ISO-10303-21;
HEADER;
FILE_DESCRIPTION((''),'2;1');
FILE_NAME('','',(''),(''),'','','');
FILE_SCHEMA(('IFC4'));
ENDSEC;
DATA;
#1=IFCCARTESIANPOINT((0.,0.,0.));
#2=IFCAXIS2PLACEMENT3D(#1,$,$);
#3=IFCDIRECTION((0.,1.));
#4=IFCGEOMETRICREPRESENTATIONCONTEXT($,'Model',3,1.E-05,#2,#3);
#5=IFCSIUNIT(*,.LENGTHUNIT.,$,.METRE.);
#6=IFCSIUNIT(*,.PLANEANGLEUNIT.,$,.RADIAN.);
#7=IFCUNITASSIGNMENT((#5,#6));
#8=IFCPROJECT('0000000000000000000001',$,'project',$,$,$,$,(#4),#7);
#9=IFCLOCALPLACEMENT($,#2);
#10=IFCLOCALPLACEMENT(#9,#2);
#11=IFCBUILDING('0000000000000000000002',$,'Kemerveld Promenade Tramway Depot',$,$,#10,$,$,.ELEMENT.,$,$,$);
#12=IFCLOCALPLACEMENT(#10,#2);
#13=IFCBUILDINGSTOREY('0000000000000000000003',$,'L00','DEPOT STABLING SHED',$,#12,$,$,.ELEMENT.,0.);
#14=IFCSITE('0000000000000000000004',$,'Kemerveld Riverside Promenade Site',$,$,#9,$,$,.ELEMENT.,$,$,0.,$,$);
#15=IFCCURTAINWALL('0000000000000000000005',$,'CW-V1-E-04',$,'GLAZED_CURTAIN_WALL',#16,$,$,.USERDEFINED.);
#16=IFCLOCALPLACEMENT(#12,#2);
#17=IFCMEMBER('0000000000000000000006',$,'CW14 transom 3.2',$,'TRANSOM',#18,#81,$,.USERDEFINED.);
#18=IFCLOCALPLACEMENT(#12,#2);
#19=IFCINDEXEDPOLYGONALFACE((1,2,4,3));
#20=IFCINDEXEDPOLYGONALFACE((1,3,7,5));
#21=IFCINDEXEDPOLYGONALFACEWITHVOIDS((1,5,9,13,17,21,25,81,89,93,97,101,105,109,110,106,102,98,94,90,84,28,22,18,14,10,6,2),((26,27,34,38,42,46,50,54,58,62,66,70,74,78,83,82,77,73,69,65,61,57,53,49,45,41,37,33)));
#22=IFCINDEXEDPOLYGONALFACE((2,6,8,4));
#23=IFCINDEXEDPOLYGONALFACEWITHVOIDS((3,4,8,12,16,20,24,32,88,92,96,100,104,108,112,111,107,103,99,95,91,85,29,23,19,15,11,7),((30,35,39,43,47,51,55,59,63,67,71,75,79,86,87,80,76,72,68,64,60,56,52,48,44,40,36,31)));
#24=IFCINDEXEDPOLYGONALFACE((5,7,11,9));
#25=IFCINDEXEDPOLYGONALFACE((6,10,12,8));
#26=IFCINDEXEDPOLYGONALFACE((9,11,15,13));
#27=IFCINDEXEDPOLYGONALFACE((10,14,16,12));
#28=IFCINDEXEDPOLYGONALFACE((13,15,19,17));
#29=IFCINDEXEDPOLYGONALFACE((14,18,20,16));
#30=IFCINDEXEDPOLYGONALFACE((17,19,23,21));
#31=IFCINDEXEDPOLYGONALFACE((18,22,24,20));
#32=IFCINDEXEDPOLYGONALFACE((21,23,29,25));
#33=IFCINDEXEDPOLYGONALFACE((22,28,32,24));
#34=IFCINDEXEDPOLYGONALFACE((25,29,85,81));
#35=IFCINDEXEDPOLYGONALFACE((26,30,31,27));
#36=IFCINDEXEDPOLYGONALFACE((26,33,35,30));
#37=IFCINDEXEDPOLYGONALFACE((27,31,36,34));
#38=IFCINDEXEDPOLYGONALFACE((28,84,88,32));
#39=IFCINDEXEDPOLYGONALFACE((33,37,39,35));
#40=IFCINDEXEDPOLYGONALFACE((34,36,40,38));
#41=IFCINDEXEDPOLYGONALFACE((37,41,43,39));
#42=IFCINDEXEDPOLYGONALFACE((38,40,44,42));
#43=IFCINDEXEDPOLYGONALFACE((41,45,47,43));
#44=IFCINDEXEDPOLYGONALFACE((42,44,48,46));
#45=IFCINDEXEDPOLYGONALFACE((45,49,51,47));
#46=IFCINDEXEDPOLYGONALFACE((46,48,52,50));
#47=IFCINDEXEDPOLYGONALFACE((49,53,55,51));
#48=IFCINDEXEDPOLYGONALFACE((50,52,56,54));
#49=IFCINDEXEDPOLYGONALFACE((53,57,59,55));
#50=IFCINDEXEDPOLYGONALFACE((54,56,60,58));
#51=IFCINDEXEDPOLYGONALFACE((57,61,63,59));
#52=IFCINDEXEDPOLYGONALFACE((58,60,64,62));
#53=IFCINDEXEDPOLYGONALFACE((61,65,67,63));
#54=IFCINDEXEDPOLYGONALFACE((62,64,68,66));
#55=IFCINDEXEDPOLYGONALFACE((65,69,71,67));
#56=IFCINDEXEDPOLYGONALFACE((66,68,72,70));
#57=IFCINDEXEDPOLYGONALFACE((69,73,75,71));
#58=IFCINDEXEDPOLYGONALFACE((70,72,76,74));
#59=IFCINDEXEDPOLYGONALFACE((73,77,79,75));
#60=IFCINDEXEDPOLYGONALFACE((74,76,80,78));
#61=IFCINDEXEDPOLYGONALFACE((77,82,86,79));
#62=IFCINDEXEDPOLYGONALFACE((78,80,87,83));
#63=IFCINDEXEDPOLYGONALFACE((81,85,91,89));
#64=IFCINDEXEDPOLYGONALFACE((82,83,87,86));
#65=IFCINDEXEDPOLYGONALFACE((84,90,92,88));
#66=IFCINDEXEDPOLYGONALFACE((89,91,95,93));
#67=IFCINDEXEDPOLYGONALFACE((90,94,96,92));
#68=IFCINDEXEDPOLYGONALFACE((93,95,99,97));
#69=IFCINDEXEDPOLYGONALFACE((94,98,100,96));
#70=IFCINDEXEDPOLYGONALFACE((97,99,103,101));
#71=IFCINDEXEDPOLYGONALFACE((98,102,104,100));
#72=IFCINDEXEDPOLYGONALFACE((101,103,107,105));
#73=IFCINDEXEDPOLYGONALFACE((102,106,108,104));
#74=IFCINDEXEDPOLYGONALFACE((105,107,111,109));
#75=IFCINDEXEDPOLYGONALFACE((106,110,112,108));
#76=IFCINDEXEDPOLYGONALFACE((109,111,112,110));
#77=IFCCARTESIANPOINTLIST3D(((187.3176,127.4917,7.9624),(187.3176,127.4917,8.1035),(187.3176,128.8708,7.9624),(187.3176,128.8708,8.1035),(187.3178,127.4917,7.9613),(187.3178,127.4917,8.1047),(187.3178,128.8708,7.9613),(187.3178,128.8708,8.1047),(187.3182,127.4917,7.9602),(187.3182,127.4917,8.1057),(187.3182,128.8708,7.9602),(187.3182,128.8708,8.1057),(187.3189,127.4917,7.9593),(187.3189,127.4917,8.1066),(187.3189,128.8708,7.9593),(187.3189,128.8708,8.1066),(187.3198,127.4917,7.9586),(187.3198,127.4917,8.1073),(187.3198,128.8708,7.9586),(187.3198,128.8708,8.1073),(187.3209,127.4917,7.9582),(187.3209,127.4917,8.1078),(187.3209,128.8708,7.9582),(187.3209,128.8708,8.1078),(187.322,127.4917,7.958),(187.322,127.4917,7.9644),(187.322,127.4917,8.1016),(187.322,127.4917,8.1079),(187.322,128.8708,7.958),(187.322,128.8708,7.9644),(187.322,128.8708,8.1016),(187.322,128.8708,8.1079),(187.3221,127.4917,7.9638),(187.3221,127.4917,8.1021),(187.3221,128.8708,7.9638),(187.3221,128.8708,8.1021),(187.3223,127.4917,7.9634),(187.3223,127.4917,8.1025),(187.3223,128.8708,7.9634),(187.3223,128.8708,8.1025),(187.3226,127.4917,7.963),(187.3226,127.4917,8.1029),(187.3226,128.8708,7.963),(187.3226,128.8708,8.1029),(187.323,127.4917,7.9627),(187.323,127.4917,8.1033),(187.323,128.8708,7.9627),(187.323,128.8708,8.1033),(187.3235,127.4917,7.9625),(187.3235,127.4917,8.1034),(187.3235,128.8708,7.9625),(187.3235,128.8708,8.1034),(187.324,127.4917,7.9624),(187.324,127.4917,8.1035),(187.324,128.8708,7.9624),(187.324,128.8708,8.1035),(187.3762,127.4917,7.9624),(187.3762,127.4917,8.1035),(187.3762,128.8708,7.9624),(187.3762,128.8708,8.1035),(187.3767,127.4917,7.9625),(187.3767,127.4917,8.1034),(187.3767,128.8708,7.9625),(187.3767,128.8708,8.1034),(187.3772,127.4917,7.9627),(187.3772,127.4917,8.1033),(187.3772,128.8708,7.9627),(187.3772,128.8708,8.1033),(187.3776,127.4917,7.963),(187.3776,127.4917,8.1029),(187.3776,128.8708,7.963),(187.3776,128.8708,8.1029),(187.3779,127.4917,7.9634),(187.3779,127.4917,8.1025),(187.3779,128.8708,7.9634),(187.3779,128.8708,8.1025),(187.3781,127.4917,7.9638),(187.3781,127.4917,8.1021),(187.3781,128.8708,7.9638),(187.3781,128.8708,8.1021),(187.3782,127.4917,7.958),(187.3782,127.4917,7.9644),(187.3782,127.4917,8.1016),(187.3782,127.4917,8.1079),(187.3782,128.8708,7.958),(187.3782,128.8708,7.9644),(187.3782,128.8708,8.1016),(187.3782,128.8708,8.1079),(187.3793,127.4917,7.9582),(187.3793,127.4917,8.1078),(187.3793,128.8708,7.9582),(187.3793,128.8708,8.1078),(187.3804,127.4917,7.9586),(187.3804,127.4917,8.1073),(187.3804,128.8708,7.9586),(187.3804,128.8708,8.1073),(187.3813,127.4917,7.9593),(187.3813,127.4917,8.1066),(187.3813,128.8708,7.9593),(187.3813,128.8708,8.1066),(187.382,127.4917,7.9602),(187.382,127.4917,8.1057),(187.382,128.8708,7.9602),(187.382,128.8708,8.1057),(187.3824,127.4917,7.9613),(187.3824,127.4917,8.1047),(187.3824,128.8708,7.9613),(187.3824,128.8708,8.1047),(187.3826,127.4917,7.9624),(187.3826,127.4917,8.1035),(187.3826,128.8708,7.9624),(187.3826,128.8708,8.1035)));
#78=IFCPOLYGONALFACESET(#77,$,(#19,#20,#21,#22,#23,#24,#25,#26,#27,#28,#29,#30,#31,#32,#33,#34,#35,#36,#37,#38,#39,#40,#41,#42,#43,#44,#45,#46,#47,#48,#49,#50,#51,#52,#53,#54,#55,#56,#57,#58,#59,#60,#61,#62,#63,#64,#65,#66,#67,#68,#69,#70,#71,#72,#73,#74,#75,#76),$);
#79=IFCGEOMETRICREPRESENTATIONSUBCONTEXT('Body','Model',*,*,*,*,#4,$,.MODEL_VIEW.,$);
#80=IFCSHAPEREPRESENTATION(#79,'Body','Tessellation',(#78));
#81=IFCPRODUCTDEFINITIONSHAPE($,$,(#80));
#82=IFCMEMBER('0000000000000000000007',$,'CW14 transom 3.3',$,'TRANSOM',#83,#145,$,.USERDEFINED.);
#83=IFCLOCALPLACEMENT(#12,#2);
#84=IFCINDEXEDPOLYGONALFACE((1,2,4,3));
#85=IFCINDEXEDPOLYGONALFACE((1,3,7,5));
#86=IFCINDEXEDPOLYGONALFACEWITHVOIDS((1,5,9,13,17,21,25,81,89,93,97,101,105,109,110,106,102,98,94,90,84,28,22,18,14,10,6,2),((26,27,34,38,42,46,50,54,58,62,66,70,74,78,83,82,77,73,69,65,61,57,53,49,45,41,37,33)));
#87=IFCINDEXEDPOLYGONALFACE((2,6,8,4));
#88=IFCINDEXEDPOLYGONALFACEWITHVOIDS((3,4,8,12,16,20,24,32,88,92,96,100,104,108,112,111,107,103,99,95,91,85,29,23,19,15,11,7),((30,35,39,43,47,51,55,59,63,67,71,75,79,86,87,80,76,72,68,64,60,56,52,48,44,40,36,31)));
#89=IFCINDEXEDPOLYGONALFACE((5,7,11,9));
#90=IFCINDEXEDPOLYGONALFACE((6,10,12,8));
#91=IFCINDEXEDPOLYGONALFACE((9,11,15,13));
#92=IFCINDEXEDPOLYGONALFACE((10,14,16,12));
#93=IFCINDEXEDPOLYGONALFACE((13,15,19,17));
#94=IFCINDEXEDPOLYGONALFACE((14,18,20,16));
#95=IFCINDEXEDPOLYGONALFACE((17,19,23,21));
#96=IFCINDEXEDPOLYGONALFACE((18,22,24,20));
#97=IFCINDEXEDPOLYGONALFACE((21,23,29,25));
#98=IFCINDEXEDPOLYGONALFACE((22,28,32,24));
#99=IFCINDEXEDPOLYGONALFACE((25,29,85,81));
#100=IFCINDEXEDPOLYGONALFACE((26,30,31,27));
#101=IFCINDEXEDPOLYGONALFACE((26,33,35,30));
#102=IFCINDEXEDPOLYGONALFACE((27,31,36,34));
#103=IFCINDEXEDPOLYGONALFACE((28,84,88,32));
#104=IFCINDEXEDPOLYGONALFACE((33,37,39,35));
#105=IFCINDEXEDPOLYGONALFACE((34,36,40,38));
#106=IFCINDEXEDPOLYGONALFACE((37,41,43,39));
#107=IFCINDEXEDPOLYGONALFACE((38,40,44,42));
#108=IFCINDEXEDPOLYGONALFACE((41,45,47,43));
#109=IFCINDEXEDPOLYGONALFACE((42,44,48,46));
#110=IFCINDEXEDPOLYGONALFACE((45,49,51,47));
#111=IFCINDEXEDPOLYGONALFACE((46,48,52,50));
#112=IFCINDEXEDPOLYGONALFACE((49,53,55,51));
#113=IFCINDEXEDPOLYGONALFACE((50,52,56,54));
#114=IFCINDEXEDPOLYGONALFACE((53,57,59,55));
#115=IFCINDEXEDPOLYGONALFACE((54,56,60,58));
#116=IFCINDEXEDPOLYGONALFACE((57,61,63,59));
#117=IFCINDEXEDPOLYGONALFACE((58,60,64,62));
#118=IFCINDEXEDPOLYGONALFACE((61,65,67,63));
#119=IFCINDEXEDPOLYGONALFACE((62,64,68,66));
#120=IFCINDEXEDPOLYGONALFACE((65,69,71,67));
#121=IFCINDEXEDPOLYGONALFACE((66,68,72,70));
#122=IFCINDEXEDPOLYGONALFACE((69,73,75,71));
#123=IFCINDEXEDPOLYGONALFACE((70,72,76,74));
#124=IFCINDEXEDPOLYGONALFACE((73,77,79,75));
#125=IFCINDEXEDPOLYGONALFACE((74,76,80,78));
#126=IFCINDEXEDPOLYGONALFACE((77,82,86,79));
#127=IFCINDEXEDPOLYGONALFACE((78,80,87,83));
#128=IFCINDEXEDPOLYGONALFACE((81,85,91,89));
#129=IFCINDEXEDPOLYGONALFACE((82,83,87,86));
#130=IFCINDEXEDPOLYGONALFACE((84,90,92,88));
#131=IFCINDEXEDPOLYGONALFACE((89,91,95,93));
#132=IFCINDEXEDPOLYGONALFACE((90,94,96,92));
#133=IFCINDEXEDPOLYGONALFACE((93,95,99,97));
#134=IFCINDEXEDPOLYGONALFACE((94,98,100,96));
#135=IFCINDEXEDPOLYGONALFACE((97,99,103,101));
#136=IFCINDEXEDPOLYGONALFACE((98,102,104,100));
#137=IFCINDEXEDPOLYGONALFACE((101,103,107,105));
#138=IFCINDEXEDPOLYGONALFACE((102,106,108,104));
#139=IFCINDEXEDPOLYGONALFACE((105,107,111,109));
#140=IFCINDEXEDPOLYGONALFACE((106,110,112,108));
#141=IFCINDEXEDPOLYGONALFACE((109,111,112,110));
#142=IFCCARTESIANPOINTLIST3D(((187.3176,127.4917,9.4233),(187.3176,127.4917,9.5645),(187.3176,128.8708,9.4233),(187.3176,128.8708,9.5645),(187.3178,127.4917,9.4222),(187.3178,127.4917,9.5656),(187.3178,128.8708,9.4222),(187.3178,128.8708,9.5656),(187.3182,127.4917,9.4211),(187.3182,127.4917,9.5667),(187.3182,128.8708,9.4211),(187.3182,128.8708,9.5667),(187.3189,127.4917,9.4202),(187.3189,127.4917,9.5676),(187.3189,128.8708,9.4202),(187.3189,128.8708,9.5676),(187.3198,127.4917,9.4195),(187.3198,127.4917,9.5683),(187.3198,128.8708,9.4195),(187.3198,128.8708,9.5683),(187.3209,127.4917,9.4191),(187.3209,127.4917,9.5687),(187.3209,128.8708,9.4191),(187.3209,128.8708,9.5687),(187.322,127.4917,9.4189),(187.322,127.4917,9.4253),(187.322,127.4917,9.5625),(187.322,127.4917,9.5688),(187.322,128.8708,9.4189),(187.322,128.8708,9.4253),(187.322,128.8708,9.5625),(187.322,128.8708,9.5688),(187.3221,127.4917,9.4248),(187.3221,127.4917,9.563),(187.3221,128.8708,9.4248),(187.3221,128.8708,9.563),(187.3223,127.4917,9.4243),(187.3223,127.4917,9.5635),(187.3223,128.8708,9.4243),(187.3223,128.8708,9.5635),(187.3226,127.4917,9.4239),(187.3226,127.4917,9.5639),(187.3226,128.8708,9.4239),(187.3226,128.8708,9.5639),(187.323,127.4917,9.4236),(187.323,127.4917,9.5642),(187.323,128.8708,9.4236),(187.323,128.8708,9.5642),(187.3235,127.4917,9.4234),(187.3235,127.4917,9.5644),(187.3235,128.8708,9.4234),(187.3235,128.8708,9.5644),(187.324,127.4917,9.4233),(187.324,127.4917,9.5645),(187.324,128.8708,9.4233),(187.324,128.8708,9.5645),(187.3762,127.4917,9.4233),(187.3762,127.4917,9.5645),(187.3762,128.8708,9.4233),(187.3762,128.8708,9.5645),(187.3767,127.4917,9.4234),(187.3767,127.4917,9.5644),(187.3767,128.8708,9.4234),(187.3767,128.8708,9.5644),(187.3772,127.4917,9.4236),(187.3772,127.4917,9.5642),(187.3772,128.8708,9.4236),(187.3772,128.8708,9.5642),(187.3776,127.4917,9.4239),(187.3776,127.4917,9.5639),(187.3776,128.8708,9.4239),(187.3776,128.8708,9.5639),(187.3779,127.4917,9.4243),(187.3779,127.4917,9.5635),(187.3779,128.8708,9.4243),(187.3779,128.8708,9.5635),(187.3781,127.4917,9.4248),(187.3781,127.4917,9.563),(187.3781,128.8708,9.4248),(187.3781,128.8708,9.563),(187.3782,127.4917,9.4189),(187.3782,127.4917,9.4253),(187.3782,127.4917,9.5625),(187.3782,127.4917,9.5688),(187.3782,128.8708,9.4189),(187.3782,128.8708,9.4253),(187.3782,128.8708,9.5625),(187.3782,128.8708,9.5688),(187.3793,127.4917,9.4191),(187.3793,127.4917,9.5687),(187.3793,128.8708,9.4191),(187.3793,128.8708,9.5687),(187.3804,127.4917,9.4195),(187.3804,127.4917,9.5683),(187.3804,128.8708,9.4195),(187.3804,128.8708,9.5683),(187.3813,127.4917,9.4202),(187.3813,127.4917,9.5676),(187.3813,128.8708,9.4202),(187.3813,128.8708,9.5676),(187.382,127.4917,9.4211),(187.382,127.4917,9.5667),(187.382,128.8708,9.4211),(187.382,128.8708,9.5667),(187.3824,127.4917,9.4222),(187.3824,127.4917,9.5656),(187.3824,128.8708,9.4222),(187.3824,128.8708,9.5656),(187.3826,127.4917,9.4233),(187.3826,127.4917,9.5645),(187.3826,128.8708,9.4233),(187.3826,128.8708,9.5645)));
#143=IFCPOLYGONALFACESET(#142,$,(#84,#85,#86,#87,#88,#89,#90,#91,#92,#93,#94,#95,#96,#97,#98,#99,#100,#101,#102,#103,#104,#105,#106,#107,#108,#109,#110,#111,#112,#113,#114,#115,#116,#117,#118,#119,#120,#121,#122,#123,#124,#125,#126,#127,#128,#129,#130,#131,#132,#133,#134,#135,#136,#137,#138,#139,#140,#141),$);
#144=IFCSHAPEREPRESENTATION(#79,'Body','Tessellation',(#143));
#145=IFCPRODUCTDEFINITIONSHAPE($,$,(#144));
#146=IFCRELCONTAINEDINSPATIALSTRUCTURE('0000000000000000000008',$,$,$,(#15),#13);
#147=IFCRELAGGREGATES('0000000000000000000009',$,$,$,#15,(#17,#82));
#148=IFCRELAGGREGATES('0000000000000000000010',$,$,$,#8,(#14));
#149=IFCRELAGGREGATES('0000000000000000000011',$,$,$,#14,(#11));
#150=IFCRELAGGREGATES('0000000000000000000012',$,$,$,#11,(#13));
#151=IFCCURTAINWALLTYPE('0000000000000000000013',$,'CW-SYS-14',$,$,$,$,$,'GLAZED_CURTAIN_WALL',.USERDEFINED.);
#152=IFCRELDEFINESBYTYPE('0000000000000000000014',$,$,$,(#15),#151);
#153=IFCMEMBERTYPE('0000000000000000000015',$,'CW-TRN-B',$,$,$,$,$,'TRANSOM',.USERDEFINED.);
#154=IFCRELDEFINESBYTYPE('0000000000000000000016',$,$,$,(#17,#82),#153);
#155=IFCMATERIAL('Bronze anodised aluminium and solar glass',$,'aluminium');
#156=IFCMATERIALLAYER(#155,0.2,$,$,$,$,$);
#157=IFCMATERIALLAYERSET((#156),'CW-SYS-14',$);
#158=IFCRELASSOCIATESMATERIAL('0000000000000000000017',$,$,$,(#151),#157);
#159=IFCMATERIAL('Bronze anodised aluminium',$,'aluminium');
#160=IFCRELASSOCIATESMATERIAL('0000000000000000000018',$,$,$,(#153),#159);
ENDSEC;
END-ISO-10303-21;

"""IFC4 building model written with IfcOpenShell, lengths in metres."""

from ifc_helpers import new_model, si_unit, direction, frame, origin, origin_2d, place, context, subcontext, project, spatial, hollow_rectangle, extrude, material, layer, layer_set, material_profile, profile_set, type_object, element, aggregate, save


model = new_model("IFC4")

# Units and contexts
model_context = context("Model", 3, precision=1e-05, world=origin(), true_north=direction((0.0, 1.0)))
body_context = subcontext(model_context, "Body", "Model", "MODEL_VIEW")
ifc_project = project(units=[si_unit("LENGTHUNIT", "METRE"), si_unit("PLANEANGLEUNIT", "RADIAN")], contexts=[model_context])

# Site, building, storey
site_placement = place(None, origin())
site = spatial("IfcSite", under=ifc_project, at=site_placement, Name="Kemerveld Riverside Promenade Site", CompositionType="ELEMENT", RefElevation=0.0)
building_placement = place(site_placement, origin())
building = spatial("IfcBuilding", under=site, at=building_placement, Name="Kemerveld Promenade Tramway Depot", CompositionType="ELEMENT")
storey_placement = place(building_placement, origin())
storey = spatial("IfcBuildingStorey", under=building, at=storey_placement, Name="L00", Description="DEPOT STABLING SHED", CompositionType="ELEMENT", Elevation=0.0)

# Curtain wall, members
ifc_material_1 = material(Name="Bronze anodised aluminium and solar glass", Category="aluminium")
ifc_layer_1 = layer(ifc_material_1, 0.2)
ifc_layer_set_1 = layer_set([ifc_layer_1], Name="CW-SYS-14")
curtain_wall_type = type_object("IfcCurtainWallType", Name="CW-SYS-14", ElementType="GLAZED_CURTAIN_WALL", PredefinedType="USERDEFINED", material=ifc_layer_set_1)
curtain_wall_placement = place(storey_placement, origin())
curtain_wall = element("IfcCurtainWall", 1, at=curtain_wall_placement, inside=storey, type_object=curtain_wall_type, Name="CW-V1-E-04", ObjectType="GLAZED_CURTAIN_WALL", PredefinedType="USERDEFINED")
ifc_material_2 = material(Name="Bronze anodised aluminium", Category="aluminium")
ifc_material_profile_1 = material_profile(ifc_material_2, hollow_rectangle(XDim=0.0649, YDim=0.1499, WallThickness=0.0044, InnerFilletRadius=0.002, OuterFilletRadius=0.0044, at=origin_2d()), Name="CW-TRN-150x65")
ifc_profile_set_1 = profile_set([ifc_material_profile_1], Name="Bronze anodised aluminium")
member_type_1 = type_object("IfcMemberType", Name="CW-TRN-B", ElementType="TRANSOM", PredefinedType="USERDEFINED", material=ifc_profile_set_1)
member_1_placement = place(storey_placement, frame((187.3501, 128.8708, 8.033), z_axis=(0.0, -1.0, 0.0), x_axis=(1.0, 0.0, 0.0)))
member_1 = element("IfcMember", 2, at=member_1_placement, type_object=member_type_1, Name="CW14 transom 3.2", ObjectType="TRANSOM", PredefinedType="USERDEFINED", context=body_context, shape_type="SweptSolid", body=[
    extrude(hollow_rectangle(XDim=0.0649, YDim=0.1499, WallThickness=0.0044, InnerFilletRadius=0.002, OuterFilletRadius=0.0044, at=origin_2d()), origin(), (0.0, 0.0, 1.0), 1.3792),
])
member_2_placement = place(storey_placement, frame((187.3501, 128.8708, 9.4939), z_axis=(0.0, -1.0, 0.0), x_axis=(1.0, 0.0, 0.0)))
member_2 = element("IfcMember", 3, at=member_2_placement, type_object=member_type_1, Name="CW14 transom 3.3", ObjectType="TRANSOM", PredefinedType="USERDEFINED", context=body_context, shape_type="SweptSolid", body=[
    extrude(hollow_rectangle(XDim=0.0649, YDim=0.1499, WallThickness=0.0044, InnerFilletRadius=0.002, OuterFilletRadius=0.0044, at=origin_2d()), origin(), (0.0, 0.0, 1.0), 1.3792),
])

aggregate(curtain_wall, [member_1, member_2])

save(model, "model.ifc")
